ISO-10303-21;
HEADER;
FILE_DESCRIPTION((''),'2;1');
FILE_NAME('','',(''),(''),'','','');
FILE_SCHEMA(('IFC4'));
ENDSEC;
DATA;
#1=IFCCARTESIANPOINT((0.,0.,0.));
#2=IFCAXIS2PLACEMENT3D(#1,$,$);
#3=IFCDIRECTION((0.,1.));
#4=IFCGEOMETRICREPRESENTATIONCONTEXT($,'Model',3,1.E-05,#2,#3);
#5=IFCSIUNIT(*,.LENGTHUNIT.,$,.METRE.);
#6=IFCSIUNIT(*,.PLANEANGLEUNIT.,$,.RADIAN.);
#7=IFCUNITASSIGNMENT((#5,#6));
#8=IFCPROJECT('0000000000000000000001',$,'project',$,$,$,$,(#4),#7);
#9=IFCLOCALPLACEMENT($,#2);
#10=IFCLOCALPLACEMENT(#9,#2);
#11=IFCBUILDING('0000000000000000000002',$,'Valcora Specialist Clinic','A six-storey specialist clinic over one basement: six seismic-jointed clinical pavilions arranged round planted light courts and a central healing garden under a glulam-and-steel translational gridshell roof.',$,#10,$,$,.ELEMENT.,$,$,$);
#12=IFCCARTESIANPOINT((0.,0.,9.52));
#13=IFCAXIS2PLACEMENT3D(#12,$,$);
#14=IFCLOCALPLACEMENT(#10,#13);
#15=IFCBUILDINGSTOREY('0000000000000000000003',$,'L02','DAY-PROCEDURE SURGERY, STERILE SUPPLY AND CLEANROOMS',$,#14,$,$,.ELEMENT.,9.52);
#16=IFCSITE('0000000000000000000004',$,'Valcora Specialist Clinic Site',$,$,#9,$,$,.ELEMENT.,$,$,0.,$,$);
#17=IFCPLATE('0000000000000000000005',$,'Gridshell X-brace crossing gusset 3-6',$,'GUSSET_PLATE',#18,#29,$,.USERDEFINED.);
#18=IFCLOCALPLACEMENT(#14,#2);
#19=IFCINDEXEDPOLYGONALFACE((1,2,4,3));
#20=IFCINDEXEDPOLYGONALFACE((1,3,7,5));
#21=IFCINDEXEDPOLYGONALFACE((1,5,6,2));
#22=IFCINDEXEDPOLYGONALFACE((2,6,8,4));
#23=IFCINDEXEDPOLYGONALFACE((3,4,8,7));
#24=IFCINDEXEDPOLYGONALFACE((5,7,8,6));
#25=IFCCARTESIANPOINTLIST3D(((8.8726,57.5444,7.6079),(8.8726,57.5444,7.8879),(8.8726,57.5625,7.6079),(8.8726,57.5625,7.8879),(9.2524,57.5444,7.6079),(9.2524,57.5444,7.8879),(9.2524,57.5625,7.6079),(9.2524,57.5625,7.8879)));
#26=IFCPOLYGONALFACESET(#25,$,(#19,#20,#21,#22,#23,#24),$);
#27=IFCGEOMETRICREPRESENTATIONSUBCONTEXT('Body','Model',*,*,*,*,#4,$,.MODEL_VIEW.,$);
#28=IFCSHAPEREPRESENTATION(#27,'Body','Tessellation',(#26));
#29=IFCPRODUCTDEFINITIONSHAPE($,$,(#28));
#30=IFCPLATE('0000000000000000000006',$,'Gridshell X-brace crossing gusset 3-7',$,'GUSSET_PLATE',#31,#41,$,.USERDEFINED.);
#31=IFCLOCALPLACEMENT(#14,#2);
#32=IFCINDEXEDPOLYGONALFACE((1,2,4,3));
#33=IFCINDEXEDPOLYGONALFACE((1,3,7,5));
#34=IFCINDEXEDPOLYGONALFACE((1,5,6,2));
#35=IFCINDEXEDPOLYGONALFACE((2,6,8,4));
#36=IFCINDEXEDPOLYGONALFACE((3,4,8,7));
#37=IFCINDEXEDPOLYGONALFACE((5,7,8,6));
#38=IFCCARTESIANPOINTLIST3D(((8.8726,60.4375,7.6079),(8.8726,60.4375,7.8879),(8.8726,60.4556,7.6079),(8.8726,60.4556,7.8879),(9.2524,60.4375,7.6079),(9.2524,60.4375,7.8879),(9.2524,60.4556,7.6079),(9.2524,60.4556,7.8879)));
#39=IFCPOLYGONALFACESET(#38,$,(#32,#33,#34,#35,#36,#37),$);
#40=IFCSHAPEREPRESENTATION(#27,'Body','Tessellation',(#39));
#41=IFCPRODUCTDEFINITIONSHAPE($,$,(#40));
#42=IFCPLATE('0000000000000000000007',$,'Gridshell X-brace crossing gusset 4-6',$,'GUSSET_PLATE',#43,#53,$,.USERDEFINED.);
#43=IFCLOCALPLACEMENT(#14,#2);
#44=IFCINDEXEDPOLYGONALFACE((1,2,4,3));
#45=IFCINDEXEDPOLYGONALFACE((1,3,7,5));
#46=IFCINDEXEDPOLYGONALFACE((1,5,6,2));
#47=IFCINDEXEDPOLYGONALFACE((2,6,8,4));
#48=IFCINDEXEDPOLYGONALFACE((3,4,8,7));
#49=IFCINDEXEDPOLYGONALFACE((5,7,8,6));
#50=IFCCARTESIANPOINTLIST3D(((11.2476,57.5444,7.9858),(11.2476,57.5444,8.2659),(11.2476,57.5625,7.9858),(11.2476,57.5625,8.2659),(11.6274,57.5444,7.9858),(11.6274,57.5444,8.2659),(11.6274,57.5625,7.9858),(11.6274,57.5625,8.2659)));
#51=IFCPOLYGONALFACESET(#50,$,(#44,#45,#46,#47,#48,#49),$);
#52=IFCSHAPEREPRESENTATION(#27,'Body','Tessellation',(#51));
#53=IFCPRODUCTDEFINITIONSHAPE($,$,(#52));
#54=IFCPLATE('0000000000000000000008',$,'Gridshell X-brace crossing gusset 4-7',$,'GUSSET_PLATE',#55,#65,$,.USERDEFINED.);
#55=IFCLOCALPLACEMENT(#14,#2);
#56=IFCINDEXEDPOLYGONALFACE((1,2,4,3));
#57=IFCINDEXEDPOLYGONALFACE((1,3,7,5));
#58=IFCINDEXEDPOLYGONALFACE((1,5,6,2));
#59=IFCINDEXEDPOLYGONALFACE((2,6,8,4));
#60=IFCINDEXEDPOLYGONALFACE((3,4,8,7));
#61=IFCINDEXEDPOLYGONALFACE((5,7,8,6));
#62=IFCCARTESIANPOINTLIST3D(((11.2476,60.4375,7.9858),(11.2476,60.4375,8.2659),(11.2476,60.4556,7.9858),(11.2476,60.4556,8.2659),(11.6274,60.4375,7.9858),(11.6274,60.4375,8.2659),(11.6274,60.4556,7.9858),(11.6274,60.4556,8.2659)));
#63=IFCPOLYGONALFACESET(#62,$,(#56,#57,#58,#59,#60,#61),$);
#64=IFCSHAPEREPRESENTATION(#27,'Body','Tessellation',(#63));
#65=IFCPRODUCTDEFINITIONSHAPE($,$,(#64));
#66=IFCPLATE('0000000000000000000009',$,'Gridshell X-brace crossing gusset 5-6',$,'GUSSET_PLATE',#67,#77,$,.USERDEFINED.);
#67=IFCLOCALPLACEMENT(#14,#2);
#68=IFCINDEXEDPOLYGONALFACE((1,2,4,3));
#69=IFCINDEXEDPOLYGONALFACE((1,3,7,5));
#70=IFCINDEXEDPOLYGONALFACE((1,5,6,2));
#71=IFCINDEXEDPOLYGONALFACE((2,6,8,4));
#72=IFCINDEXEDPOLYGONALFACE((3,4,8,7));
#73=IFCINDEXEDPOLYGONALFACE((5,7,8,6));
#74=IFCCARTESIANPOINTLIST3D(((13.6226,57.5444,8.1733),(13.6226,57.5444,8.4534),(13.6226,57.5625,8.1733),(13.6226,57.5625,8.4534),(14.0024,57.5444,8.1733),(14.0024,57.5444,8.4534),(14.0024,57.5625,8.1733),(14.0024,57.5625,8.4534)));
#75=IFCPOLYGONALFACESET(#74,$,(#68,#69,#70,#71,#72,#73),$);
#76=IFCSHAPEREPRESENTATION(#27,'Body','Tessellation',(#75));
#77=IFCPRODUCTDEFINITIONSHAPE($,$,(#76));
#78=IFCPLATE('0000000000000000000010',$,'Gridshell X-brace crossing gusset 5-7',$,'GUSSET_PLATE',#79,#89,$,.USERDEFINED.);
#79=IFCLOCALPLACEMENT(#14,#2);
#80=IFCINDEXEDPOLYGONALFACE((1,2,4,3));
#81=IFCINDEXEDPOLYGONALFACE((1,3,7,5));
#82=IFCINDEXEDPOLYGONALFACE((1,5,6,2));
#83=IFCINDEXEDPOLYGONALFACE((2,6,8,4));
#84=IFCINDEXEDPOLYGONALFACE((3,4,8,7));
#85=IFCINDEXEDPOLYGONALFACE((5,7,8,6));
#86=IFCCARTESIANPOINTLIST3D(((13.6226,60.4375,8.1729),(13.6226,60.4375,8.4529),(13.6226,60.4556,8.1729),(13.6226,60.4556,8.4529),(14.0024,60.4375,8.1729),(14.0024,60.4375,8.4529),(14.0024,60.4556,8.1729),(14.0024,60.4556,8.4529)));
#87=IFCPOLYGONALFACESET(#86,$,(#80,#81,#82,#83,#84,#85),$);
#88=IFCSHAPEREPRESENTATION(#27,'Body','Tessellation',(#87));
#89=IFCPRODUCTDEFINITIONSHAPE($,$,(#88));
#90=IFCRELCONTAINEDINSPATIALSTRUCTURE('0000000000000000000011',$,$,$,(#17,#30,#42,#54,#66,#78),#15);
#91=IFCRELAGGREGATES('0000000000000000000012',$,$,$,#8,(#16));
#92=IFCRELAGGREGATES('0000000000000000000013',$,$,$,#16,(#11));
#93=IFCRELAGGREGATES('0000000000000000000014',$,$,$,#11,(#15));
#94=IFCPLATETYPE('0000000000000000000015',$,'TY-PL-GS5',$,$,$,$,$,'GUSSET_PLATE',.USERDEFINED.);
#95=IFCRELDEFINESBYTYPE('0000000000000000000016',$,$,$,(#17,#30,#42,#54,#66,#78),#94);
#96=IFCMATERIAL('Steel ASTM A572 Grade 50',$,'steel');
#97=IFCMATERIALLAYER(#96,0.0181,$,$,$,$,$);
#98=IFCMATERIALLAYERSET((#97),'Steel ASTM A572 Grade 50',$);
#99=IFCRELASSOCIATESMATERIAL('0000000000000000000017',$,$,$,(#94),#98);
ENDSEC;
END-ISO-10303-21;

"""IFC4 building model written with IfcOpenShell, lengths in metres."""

from ifc_helpers import new_model, si_unit, direction, frame, origin, origin_2d, place, context, subcontext, project, spatial, rectangle, extrude, material, layer, layer_set, type_object, element, save


model = new_model("IFC4")

# Units and contexts
model_context = context("Model", 3, precision=1e-05, world=origin(), true_north=direction((0.0, 1.0)))
body_context = subcontext(model_context, "Body", "Model", "MODEL_VIEW")
ifc_project = project(units=[si_unit("LENGTHUNIT", "METRE"), si_unit("PLANEANGLEUNIT", "RADIAN")], contexts=[model_context])

# Site, building, storey
site_placement = place(None, origin())
site = spatial("IfcSite", under=ifc_project, at=site_placement, Name="Valcora Specialist Clinic Site", CompositionType="ELEMENT", RefElevation=0.0)
building_placement = place(site_placement, origin())
building = spatial("IfcBuilding", under=site, at=building_placement, Name="Valcora Specialist Clinic", Description="A six-storey specialist clinic over one basement: six seismic-jointed clinical pavilions arranged round planted light courts and a central healing garden under a glulam-and-steel translational gridshell roof.", CompositionType="ELEMENT")
storey_placement = place(building_placement, frame((0.0, 0.0, 9.52)))
storey = spatial("IfcBuildingStorey", under=building, at=storey_placement, Name="L02", Description="DAY-PROCEDURE SURGERY, STERILE SUPPLY AND CLEANROOMS", CompositionType="ELEMENT", Elevation=9.52)

# Plates
ifc_material_1 = material(Name="Steel ASTM A572 Grade 50", Category="steel")
ifc_layer = layer(ifc_material_1, 0.0181)
ifc_layer_set = layer_set([ifc_layer], Name="Steel ASTM A572 Grade 50")
plate_type = type_object("IfcPlateType", Name="TY-PL-GS5", ElementType="GUSSET_PLATE", PredefinedType="USERDEFINED", material=ifc_layer_set)
for number, where, z_axis, x_axis, name in (
    (1, (9.0625, 57.5535, 7.6079), (0.0, 0.0, 1.0), (1.0, 0.0, 0.0), "Gridshell X-brace crossing gusset 3-6"),
    (2, (9.0625, 60.4465, 7.6079), (0.0, 0.0, 1.0), (1.0, 0.0, 0.0), "Gridshell X-brace crossing gusset 3-7"),
    (3, (11.4375, 57.5535, 7.9858), (0.0, 0.0, 1.0), (1.0, 0.0, 0.0), "Gridshell X-brace crossing gusset 4-6"),
    (4, (11.4375, 60.4465, 7.9858), (0.0, 0.0, 1.0), (1.0, 0.0, 0.0), "Gridshell X-brace crossing gusset 4-7"),
    (5, (13.8125, 57.5535, 8.1733), (0.0, 0.0, 1.0), (1.0, 0.0, 0.0), "Gridshell X-brace crossing gusset 5-6"),
    (6, (13.8125, 60.4465, 8.1729), (0.0, 0.0, 1.0), (1.0, 0.0, 0.0), "Gridshell X-brace crossing gusset 5-7"),
):
    element("IfcPlate", number, at=place(storey_placement, frame(where, z_axis=z_axis, x_axis=x_axis)), inside=storey, type_object=plate_type, Name=name, ObjectType="GUSSET_PLATE", PredefinedType="USERDEFINED", context=body_context, shape_type="SweptSolid", body=[
        extrude(rectangle(XDim=0.3799, YDim=0.0181, at=origin_2d()), origin(), (0.0, 0.0, 1.0), 0.28),
    ])

save(model, "model.ifc")
